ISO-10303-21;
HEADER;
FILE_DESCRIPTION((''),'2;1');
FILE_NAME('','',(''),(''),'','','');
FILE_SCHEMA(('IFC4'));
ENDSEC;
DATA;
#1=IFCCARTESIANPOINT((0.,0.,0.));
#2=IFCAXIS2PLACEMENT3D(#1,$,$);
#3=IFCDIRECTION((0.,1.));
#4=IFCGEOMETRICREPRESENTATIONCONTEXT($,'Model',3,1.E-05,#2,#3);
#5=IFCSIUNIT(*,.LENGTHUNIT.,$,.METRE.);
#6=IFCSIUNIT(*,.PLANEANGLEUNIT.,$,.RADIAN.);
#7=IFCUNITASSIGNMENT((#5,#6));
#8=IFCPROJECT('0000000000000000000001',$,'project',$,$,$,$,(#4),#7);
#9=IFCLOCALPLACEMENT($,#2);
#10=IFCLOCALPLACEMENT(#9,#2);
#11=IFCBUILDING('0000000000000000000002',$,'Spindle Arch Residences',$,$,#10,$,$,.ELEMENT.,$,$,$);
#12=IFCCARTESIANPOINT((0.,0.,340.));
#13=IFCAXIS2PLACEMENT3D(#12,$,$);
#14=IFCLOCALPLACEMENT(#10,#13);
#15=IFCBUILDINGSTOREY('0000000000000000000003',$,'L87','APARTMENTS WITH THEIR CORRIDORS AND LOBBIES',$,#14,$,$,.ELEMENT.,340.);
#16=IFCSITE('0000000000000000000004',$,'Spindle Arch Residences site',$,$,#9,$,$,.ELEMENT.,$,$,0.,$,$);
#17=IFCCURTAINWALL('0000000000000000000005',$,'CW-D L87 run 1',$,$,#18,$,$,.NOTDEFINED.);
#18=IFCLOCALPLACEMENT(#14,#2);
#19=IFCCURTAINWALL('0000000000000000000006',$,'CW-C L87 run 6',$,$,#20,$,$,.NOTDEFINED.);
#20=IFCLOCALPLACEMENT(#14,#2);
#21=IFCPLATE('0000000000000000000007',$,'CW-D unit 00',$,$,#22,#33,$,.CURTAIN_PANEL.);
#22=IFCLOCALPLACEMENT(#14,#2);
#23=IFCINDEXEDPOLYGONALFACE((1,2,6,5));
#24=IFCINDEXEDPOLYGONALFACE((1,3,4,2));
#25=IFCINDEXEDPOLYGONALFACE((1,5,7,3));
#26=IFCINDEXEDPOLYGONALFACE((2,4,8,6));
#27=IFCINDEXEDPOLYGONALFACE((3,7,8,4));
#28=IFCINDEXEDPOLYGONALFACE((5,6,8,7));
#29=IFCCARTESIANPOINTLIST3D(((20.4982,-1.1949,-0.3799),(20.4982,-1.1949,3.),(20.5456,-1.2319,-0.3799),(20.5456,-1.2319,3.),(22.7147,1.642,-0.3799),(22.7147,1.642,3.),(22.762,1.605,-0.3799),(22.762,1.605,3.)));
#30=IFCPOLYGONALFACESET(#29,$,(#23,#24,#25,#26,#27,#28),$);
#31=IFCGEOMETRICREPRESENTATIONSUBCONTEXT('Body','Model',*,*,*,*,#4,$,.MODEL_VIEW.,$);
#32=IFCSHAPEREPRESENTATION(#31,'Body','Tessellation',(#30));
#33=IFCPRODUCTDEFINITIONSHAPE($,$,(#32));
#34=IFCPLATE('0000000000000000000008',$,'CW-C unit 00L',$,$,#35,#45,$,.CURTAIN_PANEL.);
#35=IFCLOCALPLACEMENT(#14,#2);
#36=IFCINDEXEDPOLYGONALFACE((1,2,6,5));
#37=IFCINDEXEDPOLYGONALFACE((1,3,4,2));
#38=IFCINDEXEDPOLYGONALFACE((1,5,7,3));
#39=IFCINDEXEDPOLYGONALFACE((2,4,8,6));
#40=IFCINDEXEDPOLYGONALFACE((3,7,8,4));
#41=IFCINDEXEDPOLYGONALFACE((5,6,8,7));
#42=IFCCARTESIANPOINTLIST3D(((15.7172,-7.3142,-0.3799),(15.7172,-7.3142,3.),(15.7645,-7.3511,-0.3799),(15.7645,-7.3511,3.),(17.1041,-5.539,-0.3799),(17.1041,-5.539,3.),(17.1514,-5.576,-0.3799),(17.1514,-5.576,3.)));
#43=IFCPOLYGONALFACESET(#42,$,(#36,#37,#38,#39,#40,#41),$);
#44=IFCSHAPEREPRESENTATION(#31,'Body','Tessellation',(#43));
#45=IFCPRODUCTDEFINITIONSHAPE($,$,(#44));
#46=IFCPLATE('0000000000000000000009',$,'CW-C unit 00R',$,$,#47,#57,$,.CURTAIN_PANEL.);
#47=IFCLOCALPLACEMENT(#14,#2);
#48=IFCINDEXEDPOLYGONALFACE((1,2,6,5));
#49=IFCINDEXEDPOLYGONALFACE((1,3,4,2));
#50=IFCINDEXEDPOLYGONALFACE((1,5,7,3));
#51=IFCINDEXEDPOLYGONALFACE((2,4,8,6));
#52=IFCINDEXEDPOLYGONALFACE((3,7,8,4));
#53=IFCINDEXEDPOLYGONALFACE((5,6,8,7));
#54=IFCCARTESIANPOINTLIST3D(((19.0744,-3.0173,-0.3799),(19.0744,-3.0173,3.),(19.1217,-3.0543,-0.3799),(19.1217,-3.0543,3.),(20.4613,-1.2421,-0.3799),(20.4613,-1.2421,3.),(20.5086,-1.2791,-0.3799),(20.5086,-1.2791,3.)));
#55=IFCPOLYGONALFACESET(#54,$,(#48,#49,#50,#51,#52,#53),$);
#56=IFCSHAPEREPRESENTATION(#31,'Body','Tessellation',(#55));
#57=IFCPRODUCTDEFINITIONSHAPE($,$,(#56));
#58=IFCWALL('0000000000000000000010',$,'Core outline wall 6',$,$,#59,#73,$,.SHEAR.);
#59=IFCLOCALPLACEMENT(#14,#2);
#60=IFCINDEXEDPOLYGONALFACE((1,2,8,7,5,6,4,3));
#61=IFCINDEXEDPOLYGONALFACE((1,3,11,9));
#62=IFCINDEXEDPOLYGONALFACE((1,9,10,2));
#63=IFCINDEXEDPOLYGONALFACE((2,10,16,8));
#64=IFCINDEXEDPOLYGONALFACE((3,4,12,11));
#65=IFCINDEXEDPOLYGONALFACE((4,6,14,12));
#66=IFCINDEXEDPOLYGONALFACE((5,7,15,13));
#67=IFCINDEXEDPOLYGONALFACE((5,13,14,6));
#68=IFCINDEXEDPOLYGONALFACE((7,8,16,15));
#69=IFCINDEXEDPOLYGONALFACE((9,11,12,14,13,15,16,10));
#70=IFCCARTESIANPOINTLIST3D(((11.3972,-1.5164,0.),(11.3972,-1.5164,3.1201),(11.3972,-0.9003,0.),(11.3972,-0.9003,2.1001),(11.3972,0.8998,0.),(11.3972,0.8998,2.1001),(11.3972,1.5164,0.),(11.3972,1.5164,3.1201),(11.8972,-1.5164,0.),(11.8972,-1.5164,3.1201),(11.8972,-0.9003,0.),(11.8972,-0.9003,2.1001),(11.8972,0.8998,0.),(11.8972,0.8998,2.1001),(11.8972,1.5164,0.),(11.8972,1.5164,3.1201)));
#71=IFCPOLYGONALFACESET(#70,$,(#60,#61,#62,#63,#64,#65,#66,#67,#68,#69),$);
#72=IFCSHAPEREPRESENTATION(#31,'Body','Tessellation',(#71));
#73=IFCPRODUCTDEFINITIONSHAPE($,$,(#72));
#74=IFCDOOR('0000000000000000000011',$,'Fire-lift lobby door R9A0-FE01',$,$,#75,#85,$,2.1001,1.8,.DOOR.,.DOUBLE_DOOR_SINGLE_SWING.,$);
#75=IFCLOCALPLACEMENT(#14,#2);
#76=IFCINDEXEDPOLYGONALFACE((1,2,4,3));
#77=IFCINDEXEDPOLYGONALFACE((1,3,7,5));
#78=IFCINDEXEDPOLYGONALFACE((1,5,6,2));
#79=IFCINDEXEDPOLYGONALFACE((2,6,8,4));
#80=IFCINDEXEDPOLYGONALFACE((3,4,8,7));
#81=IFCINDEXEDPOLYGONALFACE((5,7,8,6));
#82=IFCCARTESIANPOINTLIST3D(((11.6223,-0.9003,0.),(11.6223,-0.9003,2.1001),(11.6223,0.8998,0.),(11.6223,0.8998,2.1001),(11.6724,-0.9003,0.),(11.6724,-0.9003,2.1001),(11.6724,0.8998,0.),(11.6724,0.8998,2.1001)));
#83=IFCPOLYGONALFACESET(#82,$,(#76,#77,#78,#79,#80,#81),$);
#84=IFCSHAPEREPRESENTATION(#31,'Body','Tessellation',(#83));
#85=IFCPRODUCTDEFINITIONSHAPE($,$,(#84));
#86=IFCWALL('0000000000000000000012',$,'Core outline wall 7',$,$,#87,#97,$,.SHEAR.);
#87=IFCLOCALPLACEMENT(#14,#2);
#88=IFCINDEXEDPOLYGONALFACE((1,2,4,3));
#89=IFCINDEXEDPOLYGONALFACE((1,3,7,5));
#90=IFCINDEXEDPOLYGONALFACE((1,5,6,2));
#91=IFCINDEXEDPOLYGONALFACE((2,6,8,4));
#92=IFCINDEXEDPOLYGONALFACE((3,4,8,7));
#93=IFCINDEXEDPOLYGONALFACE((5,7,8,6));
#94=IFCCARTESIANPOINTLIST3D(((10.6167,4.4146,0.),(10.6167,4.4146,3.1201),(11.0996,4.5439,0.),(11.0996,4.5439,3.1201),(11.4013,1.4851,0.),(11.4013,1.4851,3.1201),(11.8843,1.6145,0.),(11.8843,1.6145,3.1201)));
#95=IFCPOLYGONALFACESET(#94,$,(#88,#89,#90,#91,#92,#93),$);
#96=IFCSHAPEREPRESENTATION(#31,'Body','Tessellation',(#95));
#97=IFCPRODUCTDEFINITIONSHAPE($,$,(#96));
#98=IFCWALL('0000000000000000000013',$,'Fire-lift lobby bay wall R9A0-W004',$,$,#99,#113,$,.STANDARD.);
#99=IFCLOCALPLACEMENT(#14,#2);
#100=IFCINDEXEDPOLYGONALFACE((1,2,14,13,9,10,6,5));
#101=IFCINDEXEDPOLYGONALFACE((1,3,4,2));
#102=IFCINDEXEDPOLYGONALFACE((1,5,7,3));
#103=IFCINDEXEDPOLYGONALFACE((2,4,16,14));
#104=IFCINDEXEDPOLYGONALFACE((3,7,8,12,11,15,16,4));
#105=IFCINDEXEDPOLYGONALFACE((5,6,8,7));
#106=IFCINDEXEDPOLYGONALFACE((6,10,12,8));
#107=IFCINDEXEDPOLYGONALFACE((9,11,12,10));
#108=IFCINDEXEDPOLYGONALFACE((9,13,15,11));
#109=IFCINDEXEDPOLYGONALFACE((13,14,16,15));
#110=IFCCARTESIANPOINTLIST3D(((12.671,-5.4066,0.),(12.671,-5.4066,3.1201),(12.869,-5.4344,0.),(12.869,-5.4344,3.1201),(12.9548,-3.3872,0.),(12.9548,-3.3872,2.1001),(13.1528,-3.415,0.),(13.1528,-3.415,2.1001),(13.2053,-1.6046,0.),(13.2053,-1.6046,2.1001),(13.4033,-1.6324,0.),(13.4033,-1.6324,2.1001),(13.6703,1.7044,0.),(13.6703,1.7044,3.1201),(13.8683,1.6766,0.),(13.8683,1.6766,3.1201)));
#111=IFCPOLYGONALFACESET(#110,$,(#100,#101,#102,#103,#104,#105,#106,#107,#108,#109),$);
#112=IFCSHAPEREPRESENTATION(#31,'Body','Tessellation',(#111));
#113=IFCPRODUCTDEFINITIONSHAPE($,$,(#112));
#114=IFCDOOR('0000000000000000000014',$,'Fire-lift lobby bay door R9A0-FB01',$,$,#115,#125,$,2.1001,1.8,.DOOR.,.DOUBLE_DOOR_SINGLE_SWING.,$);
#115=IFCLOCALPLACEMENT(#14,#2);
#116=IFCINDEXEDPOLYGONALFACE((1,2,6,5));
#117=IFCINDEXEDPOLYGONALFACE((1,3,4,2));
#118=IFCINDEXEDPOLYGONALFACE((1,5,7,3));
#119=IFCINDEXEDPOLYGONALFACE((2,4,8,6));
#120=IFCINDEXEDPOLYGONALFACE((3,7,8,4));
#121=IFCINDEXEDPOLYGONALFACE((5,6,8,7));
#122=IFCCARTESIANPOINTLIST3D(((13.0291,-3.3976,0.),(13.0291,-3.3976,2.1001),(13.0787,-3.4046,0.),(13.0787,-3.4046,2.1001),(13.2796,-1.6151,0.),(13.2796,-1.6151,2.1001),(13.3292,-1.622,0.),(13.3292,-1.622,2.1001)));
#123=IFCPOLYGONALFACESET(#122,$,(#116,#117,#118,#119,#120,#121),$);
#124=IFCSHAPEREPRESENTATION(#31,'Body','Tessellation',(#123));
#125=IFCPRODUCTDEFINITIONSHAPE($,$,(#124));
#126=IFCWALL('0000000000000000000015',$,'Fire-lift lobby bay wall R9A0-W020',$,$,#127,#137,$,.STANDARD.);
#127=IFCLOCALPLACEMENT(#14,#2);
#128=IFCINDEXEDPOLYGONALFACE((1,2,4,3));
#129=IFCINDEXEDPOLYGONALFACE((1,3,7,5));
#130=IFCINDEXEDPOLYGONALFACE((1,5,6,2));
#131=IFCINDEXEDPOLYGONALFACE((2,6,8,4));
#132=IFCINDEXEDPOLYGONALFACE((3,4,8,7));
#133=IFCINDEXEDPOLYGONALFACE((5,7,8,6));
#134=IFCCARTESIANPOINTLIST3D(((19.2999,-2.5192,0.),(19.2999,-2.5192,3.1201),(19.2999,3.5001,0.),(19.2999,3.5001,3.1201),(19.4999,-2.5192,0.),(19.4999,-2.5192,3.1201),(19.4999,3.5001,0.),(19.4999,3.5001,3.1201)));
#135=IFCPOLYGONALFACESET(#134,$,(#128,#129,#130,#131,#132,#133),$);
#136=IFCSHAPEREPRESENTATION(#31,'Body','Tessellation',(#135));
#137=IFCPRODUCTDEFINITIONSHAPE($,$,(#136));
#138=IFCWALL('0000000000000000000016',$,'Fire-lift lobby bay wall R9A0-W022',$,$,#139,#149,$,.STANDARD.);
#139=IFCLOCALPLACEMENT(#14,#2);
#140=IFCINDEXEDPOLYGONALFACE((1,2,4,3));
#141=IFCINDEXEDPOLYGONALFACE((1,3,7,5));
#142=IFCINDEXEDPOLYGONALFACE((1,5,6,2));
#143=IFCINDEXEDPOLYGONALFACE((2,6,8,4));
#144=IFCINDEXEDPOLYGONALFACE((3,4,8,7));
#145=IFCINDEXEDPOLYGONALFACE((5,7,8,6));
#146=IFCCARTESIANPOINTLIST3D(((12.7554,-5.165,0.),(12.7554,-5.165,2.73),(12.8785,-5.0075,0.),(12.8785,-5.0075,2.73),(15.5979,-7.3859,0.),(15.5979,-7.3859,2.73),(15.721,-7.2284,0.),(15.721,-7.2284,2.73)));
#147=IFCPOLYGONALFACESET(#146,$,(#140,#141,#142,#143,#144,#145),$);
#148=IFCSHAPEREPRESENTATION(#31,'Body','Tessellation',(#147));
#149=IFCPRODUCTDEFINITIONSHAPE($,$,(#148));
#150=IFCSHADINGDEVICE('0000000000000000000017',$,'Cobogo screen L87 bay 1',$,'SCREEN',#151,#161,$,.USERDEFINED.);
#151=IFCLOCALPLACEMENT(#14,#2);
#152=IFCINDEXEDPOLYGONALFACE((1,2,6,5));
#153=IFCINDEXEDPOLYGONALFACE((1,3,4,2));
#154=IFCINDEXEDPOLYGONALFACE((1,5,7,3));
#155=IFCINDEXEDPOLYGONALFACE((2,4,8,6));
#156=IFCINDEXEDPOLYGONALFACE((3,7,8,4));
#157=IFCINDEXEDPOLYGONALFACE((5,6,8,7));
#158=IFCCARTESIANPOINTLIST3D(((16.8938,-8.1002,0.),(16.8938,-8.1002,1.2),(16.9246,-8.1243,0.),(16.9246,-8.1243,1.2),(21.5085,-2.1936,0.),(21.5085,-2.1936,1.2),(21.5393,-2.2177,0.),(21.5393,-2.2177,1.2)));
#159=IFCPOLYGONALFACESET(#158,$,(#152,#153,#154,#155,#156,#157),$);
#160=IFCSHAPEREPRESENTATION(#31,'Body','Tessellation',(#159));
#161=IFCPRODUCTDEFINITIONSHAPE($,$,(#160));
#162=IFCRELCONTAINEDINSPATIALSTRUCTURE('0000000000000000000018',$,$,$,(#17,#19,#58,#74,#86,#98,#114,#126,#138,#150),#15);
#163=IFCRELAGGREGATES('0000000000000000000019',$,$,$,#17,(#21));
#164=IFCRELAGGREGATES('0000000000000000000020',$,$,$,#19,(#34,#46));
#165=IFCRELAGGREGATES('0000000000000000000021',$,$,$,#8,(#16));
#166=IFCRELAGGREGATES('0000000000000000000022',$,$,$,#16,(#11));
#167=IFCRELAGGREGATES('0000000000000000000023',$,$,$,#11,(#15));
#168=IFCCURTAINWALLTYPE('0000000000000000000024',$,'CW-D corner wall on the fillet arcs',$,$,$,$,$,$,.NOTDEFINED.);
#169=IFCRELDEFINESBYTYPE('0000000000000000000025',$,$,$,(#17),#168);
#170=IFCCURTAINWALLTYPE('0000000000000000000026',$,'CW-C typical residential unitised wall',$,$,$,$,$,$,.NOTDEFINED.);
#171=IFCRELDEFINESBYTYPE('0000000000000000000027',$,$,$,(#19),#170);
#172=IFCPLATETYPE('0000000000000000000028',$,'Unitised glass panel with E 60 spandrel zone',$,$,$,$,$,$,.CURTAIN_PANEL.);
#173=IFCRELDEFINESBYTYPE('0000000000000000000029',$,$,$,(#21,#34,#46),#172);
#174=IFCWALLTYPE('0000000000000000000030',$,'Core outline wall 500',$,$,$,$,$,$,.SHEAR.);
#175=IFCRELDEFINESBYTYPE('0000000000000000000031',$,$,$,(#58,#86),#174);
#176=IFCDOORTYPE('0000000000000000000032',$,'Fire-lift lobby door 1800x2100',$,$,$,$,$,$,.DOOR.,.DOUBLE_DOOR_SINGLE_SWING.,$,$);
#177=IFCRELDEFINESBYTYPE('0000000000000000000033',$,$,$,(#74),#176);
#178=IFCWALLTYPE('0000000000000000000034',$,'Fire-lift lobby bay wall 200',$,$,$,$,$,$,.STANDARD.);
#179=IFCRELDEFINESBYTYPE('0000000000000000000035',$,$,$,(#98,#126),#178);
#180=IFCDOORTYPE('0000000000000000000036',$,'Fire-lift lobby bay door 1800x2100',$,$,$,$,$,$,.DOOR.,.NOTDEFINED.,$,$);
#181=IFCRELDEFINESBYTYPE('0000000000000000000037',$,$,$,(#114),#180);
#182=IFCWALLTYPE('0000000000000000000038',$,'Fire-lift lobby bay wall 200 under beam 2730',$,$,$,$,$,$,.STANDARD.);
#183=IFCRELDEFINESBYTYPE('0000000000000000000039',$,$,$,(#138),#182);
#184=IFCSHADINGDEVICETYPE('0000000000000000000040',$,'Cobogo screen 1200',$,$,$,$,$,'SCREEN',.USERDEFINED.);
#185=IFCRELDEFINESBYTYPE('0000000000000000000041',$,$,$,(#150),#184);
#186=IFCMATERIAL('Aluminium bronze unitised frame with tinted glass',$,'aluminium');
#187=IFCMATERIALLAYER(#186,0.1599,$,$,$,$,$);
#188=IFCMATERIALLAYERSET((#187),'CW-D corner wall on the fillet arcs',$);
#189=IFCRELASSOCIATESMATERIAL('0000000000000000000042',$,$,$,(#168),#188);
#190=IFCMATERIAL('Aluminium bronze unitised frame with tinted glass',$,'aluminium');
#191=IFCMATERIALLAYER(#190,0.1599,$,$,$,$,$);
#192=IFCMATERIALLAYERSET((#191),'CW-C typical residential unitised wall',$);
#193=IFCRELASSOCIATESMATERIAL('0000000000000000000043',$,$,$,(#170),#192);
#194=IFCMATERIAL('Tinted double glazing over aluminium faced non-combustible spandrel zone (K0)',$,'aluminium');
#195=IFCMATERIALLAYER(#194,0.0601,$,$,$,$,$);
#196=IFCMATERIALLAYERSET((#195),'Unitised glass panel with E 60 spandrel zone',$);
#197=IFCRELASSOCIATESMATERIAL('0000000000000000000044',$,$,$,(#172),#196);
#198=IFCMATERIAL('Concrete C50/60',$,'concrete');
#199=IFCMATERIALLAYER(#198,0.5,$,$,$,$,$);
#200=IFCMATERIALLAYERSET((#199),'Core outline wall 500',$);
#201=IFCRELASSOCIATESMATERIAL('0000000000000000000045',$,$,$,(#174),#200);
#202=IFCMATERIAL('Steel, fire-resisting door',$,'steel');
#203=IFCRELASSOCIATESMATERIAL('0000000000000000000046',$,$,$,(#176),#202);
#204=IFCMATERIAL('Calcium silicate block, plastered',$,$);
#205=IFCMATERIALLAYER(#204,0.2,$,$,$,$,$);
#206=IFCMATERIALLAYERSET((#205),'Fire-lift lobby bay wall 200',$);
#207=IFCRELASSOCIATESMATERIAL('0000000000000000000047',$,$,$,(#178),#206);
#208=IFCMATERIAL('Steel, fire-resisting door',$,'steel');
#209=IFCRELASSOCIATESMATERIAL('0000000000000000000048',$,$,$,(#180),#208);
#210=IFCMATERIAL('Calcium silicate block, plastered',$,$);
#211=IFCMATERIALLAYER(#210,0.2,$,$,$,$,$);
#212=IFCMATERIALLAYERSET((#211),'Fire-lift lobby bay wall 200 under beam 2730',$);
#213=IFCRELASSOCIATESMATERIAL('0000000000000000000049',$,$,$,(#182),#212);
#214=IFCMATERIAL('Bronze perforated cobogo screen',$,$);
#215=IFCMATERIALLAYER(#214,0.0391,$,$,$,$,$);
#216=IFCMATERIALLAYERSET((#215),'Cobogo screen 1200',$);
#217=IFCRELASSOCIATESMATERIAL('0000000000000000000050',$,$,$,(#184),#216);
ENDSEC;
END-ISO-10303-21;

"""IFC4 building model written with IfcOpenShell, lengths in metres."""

from ifc_helpers import new_model, si_unit, direction, frame, frame_2d, origin, origin_2d, place, context, subcontext, project, spatial, rectangle, extrude, material, layer, layer_set, type_object, element, fill, aggregate, save


model = new_model("IFC4")

# Units and contexts
model_context = context("Model", 3, precision=1e-05, world=origin(), true_north=direction((0.0, 1.0)))
body_context = subcontext(model_context, "Body", "Model", "MODEL_VIEW")
ifc_project = project(units=[si_unit("LENGTHUNIT", "METRE"), si_unit("PLANEANGLEUNIT", "RADIAN")], contexts=[model_context])

# Site, building, storey
site_placement = place(None, origin())
site = spatial("IfcSite", under=ifc_project, at=site_placement, Name="Spindle Arch Residences site", CompositionType="ELEMENT", RefElevation=0.0)
building_placement = place(site_placement, origin())
building = spatial("IfcBuilding", under=site, at=building_placement, Name="Spindle Arch Residences", CompositionType="ELEMENT")
storey_placement = place(building_placement, frame((0.0, 0.0, 340.0)))
storey = spatial("IfcBuildingStorey", under=building, at=storey_placement, Name="L87", Description="APARTMENTS WITH THEIR CORRIDORS AND LOBBIES", CompositionType="ELEMENT", Elevation=340.0)

# Curtain wall
ifc_material_1 = material(Name="Aluminium bronze unitised frame with tinted glass", Category="aluminium")
ifc_layer_1 = layer(ifc_material_1, 0.1599)
ifc_layer_set_1 = layer_set([ifc_layer_1], Name="CW-D corner wall on the fillet arcs")
curtain_wall_type_1 = type_object("IfcCurtainWallType", Name="CW-D corner wall on the fillet arcs", PredefinedType="NOTDEFINED", material=ifc_layer_set_1)
curtain_wall_1_placement = place(storey_placement, origin())
curtain_wall_1 = element("IfcCurtainWall", 1, at=curtain_wall_1_placement, inside=storey, type_object=curtain_wall_type_1, Name="CW-D L87 run 1", PredefinedType="NOTDEFINED")

# Curtain wall
ifc_material_2 = material(Name="Aluminium bronze unitised frame with tinted glass", Category="aluminium")
ifc_layer_2 = layer(ifc_material_2, 0.1599)
ifc_layer_set_2 = layer_set([ifc_layer_2], Name="CW-C typical residential unitised wall")
curtain_wall_type_2 = type_object("IfcCurtainWallType", Name="CW-C typical residential unitised wall", PredefinedType="NOTDEFINED", material=ifc_layer_set_2)
curtain_wall_2_placement = place(storey_placement, origin())
curtain_wall_2 = element("IfcCurtainWall", 2, at=curtain_wall_2_placement, inside=storey, type_object=curtain_wall_type_2, Name="CW-C L87 run 6", PredefinedType="NOTDEFINED")

# Plates
ifc_material_3 = material(Name="Tinted double glazing over aluminium faced non-combustible spandrel zone (K0)", Category="aluminium")
ifc_layer_3 = layer(ifc_material_3, 0.0601)
ifc_layer_set_3 = layer_set([ifc_layer_3], Name="Unitised glass panel with E 60 spandrel zone")
plate_type = type_object("IfcPlateType", Name="Unitised glass panel with E 60 spandrel zone", PredefinedType="CURTAIN_PANEL", material=ifc_layer_set_3)
plate_1_placement = place(storey_placement, frame((21.6301, 0.2051, -0.3799), z_axis=(0.0, 0.0, 1.0), x_axis=(0.615661, 0.788011, 0.0)))
plate_1 = element("IfcPlate", 3, at=plate_1_placement, type_object=plate_type, Name="CW-D unit 00", PredefinedType="CURTAIN_PANEL", context=body_context, shape_type="SweptSolid", body=[
    extrude(rectangle(XDim=3.6001, YDim=0.0601, at=origin_2d()), origin(), (0.0, 0.0, 1.0), 3.3799),
])
aggregate(curtain_wall_1, [plate_1])
plate_2_placement = place(storey_placement, frame((16.4343, -6.4451, -0.3799), z_axis=(0.0, 0.0, 1.0), x_axis=(0.615661, 0.788011, 0.0)))
plate_2 = element("IfcPlate", 4, at=plate_2_placement, type_object=plate_type, Name="CW-C unit 00L", PredefinedType="CURTAIN_PANEL", context=body_context, shape_type="SweptSolid", body=[
    extrude(rectangle(XDim=2.2527, YDim=0.0601, at=origin_2d()), origin(), (0.0, 0.0, 1.0), 3.3799),
])
plate_3_placement = place(storey_placement, frame((19.7915, -2.1482, -0.3799), z_axis=(0.0, 0.0, 1.0), x_axis=(0.615661, 0.788011, 0.0)))
plate_3 = element("IfcPlate", 5, at=plate_3_placement, type_object=plate_type, Name="CW-C unit 00R", PredefinedType="CURTAIN_PANEL", context=body_context, shape_type="SweptSolid", body=[
    extrude(rectangle(XDim=2.2527, YDim=0.0601, at=origin_2d()), origin(), (0.0, 0.0, 1.0), 3.3799),
])
aggregate(curtain_wall_2, [plate_2, plate_3])

# Wall, opening, door
ifc_material_4 = material(Name="Concrete C50/60", Category="concrete")
ifc_layer_4 = layer(ifc_material_4, 0.5)
ifc_layer_set_4 = layer_set([ifc_layer_4], Name="Core outline wall 500")
wall_type_1 = type_object("IfcWallType", Name="Core outline wall 500", PredefinedType="SHEAR", material=ifc_layer_set_4)
wall_1_placement = place(storey_placement, frame((11.6472, -1.5164, 0.0), z_axis=(0.0, 0.0, 1.0), x_axis=(0.0, 1.0, 0.0)))
wall_1 = element("IfcWall", 6, at=wall_1_placement, inside=storey, type_object=wall_type_1, Name="Core outline wall 6", PredefinedType="SHEAR", context=body_context, shape_type="SweptSolid", body=[
    extrude(rectangle(XDim=3.0327, YDim=0.5, at=frame_2d((1.5164, 0.0))), origin(), (0.0, 0.0, 1.0), 3.1201),
])
opening_1_placement = place(wall_1_placement, frame((0.6162, 0.0, 0.0)))
opening_1 = element("IfcOpeningElement", 7, at=opening_1_placement, cuts=wall_1, PredefinedType="OPENING", context=body_context, shape_type="SweptSolid", body=[
    extrude(rectangle(XDim=1.8, YDim=2.1001, at=frame_2d((0.8999, 1.05))), frame((0.0, 0.26, 0.0), z_axis=(0.0, -1.0, 0.0), x_axis=(1.0, 0.0, 0.0)), (0.0, 0.0, 1.0), 0.52),
])
ifc_material_5 = material(Name="Steel, fire-resisting door", Category="steel")
door_type_1 = type_object("IfcDoorType", Name="Fire-lift lobby door 1800x2100", OperationType="DOUBLE_DOOR_SINGLE_SWING", PredefinedType="DOOR", material=ifc_material_5)
door_1_placement = place(opening_1_placement, origin())
door_1 = element("IfcDoor", 8, at=door_1_placement, inside=storey, type_object=door_type_1, Name="Fire-lift lobby door R9A0-FE01", OperationType="DOUBLE_DOOR_SINGLE_SWING", OverallHeight=2.1001, OverallWidth=1.8, PredefinedType="DOOR", context=body_context, shape_type="SweptSolid", body=[
    extrude(rectangle(XDim=1.8, YDim=2.1001, at=frame_2d((0.8999, 1.05))), frame((0.0, 0.0249, 0.0), z_axis=(0.0, -1.0, 0.0), x_axis=(1.0, 0.0, 0.0)), (0.0, 0.0, 1.0), 0.05),
])
fill(opening_1, door_1)

# Wall
wall_2_placement = place(storey_placement, frame((11.6428, 1.5498, 0.0), z_axis=(0.0, 0.0, 1.0), x_axis=(-0.258735, 0.965948, 0.0)))
element("IfcWall", 9, at=wall_2_placement, inside=storey, type_object=wall_type_1, Name="Core outline wall 7", PredefinedType="SHEAR", context=body_context, shape_type="SweptSolid", body=[
    extrude(rectangle(XDim=3.0327, YDim=0.5, at=frame_2d((1.5164, 0.0))), origin(), (0.0, 0.0, 1.0), 3.1201),
])

# Wall, opening, door
ifc_material_6 = material(Name="Calcium silicate block, plastered")
ifc_layer_5 = layer(ifc_material_6, 0.2)
ifc_layer_set_5 = layer_set([ifc_layer_5], Name="Fire-lift lobby bay wall 200")
wall_type_2 = type_object("IfcWallType", Name="Fire-lift lobby bay wall 200", PredefinedType="STANDARD", material=ifc_layer_set_5)
wall_3_placement = place(storey_placement, frame((12.77, -5.4204, 0.0), z_axis=(0.0, 0.0, 1.0), x_axis=(0.139155, 0.990271, 0.0)))
wall_3 = element("IfcWall", 10, at=wall_3_placement, inside=storey, type_object=wall_type_2, Name="Fire-lift lobby bay wall R9A0-W004", PredefinedType="STANDARD", context=body_context, shape_type="SweptSolid", body=[
    extrude(rectangle(XDim=7.1809, YDim=0.2, at=frame_2d((3.5903, 0.0))), origin(), (0.0, 0.0, 1.0), 3.1201),
])
opening_2_placement = place(wall_3_placement, frame((2.0393, 0.0, 0.0)))
opening_2 = element("IfcOpeningElement", 11, at=opening_2_placement, cuts=wall_3, PredefinedType="OPENING", context=body_context, shape_type="SweptSolid", body=[
    extrude(rectangle(XDim=1.8, YDim=2.1001, at=frame_2d((0.8999, 1.05))), frame((0.0, 0.1099, 0.0), z_axis=(0.0, -1.0, 0.0), x_axis=(1.0, 0.0, 0.0)), (0.0, 0.0, 1.0), 0.22),
])
ifc_material_7 = material(Name="Steel, fire-resisting door", Category="steel")
door_type_2 = type_object("IfcDoorType", Name="Fire-lift lobby bay door 1800x2100", OperationType="NOTDEFINED", PredefinedType="DOOR", material=ifc_material_7)
door_2_placement = place(opening_2_placement, origin())
door_2 = element("IfcDoor", 12, at=door_2_placement, inside=storey, type_object=door_type_2, Name="Fire-lift lobby bay door R9A0-FB01", OperationType="DOUBLE_DOOR_SINGLE_SWING", OverallHeight=2.1001, OverallWidth=1.8, PredefinedType="DOOR", context=body_context, shape_type="SweptSolid", body=[
    extrude(rectangle(XDim=1.8, YDim=2.1001, at=frame_2d((0.8999, 1.05))), frame((0.0, 0.0249, 0.0), z_axis=(0.0, -1.0, 0.0), x_axis=(1.0, 0.0, 0.0)), (0.0, 0.0, 1.0), 0.05),
])
fill(opening_2, door_2)

# Walls
wall_4_placement = place(storey_placement, frame((19.3999, -2.5193, 0.0), z_axis=(0.0, 0.0, 1.0), x_axis=(0.0, 1.0, 0.0)))
element("IfcWall", 13, at=wall_4_placement, inside=storey, type_object=wall_type_2, Name="Fire-lift lobby bay wall R9A0-W020", PredefinedType="STANDARD", context=body_context, shape_type="SweptSolid", body=[
    extrude(rectangle(XDim=6.0193, YDim=0.2, at=frame_2d((3.0098, 0.0))), origin(), (0.0, 0.0, 1.0), 3.1201),
])
ifc_material_8 = material(Name="Calcium silicate block, plastered")
ifc_layer_6 = layer(ifc_material_8, 0.2)
ifc_layer_set_6 = layer_set([ifc_layer_6], Name="Fire-lift lobby bay wall 200 under beam 2730")
wall_type_3 = type_object("IfcWallType", Name="Fire-lift lobby bay wall 200 under beam 2730", PredefinedType="STANDARD", material=ifc_layer_set_6)
wall_5_placement = place(storey_placement, frame((12.8169, -5.0862, 0.0), z_axis=(0.0, 0.0, 1.0), x_axis=(0.787995, -0.615682, 0.0)))
element("IfcWall", 14, at=wall_5_placement, inside=storey, type_object=wall_type_3, Name="Fire-lift lobby bay wall R9A0-W022", PredefinedType="STANDARD", context=body_context, shape_type="SweptSolid", body=[
    extrude(rectangle(XDim=3.6072, YDim=0.2, at=frame_2d((1.8037, 0.0))), origin(), (0.0, 0.0, 1.0), 2.73),
])

# Shading device
ifc_material_9 = material(Name="Bronze perforated cobogo screen")
ifc_layer_7 = layer(ifc_material_9, 0.0391)
ifc_layer_set_7 = layer_set([ifc_layer_7], Name="Cobogo screen 1200")
shading_device_type = type_object("IfcShadingDeviceType", Name="Cobogo screen 1200", ElementType="SCREEN", PredefinedType="USERDEFINED", material=ifc_layer_set_7)
shading_device_placement = place(storey_placement, frame((19.2166, -5.1589, 0.0), z_axis=(0.0, 0.0, 1.0), x_axis=(0.615661, 0.788011, 0.0)))
element("IfcShadingDevice", 15, at=shading_device_placement, inside=storey, type_object=shading_device_type, Name="Cobogo screen L87 bay 1", ObjectType="SCREEN", PredefinedType="USERDEFINED", context=body_context, shape_type="SweptSolid", body=[
    extrude(rectangle(XDim=7.4956, YDim=0.0391, at=origin_2d()), origin(), (0.0, 0.0, 1.0), 1.2),
])

save(model, "model.ifc")
